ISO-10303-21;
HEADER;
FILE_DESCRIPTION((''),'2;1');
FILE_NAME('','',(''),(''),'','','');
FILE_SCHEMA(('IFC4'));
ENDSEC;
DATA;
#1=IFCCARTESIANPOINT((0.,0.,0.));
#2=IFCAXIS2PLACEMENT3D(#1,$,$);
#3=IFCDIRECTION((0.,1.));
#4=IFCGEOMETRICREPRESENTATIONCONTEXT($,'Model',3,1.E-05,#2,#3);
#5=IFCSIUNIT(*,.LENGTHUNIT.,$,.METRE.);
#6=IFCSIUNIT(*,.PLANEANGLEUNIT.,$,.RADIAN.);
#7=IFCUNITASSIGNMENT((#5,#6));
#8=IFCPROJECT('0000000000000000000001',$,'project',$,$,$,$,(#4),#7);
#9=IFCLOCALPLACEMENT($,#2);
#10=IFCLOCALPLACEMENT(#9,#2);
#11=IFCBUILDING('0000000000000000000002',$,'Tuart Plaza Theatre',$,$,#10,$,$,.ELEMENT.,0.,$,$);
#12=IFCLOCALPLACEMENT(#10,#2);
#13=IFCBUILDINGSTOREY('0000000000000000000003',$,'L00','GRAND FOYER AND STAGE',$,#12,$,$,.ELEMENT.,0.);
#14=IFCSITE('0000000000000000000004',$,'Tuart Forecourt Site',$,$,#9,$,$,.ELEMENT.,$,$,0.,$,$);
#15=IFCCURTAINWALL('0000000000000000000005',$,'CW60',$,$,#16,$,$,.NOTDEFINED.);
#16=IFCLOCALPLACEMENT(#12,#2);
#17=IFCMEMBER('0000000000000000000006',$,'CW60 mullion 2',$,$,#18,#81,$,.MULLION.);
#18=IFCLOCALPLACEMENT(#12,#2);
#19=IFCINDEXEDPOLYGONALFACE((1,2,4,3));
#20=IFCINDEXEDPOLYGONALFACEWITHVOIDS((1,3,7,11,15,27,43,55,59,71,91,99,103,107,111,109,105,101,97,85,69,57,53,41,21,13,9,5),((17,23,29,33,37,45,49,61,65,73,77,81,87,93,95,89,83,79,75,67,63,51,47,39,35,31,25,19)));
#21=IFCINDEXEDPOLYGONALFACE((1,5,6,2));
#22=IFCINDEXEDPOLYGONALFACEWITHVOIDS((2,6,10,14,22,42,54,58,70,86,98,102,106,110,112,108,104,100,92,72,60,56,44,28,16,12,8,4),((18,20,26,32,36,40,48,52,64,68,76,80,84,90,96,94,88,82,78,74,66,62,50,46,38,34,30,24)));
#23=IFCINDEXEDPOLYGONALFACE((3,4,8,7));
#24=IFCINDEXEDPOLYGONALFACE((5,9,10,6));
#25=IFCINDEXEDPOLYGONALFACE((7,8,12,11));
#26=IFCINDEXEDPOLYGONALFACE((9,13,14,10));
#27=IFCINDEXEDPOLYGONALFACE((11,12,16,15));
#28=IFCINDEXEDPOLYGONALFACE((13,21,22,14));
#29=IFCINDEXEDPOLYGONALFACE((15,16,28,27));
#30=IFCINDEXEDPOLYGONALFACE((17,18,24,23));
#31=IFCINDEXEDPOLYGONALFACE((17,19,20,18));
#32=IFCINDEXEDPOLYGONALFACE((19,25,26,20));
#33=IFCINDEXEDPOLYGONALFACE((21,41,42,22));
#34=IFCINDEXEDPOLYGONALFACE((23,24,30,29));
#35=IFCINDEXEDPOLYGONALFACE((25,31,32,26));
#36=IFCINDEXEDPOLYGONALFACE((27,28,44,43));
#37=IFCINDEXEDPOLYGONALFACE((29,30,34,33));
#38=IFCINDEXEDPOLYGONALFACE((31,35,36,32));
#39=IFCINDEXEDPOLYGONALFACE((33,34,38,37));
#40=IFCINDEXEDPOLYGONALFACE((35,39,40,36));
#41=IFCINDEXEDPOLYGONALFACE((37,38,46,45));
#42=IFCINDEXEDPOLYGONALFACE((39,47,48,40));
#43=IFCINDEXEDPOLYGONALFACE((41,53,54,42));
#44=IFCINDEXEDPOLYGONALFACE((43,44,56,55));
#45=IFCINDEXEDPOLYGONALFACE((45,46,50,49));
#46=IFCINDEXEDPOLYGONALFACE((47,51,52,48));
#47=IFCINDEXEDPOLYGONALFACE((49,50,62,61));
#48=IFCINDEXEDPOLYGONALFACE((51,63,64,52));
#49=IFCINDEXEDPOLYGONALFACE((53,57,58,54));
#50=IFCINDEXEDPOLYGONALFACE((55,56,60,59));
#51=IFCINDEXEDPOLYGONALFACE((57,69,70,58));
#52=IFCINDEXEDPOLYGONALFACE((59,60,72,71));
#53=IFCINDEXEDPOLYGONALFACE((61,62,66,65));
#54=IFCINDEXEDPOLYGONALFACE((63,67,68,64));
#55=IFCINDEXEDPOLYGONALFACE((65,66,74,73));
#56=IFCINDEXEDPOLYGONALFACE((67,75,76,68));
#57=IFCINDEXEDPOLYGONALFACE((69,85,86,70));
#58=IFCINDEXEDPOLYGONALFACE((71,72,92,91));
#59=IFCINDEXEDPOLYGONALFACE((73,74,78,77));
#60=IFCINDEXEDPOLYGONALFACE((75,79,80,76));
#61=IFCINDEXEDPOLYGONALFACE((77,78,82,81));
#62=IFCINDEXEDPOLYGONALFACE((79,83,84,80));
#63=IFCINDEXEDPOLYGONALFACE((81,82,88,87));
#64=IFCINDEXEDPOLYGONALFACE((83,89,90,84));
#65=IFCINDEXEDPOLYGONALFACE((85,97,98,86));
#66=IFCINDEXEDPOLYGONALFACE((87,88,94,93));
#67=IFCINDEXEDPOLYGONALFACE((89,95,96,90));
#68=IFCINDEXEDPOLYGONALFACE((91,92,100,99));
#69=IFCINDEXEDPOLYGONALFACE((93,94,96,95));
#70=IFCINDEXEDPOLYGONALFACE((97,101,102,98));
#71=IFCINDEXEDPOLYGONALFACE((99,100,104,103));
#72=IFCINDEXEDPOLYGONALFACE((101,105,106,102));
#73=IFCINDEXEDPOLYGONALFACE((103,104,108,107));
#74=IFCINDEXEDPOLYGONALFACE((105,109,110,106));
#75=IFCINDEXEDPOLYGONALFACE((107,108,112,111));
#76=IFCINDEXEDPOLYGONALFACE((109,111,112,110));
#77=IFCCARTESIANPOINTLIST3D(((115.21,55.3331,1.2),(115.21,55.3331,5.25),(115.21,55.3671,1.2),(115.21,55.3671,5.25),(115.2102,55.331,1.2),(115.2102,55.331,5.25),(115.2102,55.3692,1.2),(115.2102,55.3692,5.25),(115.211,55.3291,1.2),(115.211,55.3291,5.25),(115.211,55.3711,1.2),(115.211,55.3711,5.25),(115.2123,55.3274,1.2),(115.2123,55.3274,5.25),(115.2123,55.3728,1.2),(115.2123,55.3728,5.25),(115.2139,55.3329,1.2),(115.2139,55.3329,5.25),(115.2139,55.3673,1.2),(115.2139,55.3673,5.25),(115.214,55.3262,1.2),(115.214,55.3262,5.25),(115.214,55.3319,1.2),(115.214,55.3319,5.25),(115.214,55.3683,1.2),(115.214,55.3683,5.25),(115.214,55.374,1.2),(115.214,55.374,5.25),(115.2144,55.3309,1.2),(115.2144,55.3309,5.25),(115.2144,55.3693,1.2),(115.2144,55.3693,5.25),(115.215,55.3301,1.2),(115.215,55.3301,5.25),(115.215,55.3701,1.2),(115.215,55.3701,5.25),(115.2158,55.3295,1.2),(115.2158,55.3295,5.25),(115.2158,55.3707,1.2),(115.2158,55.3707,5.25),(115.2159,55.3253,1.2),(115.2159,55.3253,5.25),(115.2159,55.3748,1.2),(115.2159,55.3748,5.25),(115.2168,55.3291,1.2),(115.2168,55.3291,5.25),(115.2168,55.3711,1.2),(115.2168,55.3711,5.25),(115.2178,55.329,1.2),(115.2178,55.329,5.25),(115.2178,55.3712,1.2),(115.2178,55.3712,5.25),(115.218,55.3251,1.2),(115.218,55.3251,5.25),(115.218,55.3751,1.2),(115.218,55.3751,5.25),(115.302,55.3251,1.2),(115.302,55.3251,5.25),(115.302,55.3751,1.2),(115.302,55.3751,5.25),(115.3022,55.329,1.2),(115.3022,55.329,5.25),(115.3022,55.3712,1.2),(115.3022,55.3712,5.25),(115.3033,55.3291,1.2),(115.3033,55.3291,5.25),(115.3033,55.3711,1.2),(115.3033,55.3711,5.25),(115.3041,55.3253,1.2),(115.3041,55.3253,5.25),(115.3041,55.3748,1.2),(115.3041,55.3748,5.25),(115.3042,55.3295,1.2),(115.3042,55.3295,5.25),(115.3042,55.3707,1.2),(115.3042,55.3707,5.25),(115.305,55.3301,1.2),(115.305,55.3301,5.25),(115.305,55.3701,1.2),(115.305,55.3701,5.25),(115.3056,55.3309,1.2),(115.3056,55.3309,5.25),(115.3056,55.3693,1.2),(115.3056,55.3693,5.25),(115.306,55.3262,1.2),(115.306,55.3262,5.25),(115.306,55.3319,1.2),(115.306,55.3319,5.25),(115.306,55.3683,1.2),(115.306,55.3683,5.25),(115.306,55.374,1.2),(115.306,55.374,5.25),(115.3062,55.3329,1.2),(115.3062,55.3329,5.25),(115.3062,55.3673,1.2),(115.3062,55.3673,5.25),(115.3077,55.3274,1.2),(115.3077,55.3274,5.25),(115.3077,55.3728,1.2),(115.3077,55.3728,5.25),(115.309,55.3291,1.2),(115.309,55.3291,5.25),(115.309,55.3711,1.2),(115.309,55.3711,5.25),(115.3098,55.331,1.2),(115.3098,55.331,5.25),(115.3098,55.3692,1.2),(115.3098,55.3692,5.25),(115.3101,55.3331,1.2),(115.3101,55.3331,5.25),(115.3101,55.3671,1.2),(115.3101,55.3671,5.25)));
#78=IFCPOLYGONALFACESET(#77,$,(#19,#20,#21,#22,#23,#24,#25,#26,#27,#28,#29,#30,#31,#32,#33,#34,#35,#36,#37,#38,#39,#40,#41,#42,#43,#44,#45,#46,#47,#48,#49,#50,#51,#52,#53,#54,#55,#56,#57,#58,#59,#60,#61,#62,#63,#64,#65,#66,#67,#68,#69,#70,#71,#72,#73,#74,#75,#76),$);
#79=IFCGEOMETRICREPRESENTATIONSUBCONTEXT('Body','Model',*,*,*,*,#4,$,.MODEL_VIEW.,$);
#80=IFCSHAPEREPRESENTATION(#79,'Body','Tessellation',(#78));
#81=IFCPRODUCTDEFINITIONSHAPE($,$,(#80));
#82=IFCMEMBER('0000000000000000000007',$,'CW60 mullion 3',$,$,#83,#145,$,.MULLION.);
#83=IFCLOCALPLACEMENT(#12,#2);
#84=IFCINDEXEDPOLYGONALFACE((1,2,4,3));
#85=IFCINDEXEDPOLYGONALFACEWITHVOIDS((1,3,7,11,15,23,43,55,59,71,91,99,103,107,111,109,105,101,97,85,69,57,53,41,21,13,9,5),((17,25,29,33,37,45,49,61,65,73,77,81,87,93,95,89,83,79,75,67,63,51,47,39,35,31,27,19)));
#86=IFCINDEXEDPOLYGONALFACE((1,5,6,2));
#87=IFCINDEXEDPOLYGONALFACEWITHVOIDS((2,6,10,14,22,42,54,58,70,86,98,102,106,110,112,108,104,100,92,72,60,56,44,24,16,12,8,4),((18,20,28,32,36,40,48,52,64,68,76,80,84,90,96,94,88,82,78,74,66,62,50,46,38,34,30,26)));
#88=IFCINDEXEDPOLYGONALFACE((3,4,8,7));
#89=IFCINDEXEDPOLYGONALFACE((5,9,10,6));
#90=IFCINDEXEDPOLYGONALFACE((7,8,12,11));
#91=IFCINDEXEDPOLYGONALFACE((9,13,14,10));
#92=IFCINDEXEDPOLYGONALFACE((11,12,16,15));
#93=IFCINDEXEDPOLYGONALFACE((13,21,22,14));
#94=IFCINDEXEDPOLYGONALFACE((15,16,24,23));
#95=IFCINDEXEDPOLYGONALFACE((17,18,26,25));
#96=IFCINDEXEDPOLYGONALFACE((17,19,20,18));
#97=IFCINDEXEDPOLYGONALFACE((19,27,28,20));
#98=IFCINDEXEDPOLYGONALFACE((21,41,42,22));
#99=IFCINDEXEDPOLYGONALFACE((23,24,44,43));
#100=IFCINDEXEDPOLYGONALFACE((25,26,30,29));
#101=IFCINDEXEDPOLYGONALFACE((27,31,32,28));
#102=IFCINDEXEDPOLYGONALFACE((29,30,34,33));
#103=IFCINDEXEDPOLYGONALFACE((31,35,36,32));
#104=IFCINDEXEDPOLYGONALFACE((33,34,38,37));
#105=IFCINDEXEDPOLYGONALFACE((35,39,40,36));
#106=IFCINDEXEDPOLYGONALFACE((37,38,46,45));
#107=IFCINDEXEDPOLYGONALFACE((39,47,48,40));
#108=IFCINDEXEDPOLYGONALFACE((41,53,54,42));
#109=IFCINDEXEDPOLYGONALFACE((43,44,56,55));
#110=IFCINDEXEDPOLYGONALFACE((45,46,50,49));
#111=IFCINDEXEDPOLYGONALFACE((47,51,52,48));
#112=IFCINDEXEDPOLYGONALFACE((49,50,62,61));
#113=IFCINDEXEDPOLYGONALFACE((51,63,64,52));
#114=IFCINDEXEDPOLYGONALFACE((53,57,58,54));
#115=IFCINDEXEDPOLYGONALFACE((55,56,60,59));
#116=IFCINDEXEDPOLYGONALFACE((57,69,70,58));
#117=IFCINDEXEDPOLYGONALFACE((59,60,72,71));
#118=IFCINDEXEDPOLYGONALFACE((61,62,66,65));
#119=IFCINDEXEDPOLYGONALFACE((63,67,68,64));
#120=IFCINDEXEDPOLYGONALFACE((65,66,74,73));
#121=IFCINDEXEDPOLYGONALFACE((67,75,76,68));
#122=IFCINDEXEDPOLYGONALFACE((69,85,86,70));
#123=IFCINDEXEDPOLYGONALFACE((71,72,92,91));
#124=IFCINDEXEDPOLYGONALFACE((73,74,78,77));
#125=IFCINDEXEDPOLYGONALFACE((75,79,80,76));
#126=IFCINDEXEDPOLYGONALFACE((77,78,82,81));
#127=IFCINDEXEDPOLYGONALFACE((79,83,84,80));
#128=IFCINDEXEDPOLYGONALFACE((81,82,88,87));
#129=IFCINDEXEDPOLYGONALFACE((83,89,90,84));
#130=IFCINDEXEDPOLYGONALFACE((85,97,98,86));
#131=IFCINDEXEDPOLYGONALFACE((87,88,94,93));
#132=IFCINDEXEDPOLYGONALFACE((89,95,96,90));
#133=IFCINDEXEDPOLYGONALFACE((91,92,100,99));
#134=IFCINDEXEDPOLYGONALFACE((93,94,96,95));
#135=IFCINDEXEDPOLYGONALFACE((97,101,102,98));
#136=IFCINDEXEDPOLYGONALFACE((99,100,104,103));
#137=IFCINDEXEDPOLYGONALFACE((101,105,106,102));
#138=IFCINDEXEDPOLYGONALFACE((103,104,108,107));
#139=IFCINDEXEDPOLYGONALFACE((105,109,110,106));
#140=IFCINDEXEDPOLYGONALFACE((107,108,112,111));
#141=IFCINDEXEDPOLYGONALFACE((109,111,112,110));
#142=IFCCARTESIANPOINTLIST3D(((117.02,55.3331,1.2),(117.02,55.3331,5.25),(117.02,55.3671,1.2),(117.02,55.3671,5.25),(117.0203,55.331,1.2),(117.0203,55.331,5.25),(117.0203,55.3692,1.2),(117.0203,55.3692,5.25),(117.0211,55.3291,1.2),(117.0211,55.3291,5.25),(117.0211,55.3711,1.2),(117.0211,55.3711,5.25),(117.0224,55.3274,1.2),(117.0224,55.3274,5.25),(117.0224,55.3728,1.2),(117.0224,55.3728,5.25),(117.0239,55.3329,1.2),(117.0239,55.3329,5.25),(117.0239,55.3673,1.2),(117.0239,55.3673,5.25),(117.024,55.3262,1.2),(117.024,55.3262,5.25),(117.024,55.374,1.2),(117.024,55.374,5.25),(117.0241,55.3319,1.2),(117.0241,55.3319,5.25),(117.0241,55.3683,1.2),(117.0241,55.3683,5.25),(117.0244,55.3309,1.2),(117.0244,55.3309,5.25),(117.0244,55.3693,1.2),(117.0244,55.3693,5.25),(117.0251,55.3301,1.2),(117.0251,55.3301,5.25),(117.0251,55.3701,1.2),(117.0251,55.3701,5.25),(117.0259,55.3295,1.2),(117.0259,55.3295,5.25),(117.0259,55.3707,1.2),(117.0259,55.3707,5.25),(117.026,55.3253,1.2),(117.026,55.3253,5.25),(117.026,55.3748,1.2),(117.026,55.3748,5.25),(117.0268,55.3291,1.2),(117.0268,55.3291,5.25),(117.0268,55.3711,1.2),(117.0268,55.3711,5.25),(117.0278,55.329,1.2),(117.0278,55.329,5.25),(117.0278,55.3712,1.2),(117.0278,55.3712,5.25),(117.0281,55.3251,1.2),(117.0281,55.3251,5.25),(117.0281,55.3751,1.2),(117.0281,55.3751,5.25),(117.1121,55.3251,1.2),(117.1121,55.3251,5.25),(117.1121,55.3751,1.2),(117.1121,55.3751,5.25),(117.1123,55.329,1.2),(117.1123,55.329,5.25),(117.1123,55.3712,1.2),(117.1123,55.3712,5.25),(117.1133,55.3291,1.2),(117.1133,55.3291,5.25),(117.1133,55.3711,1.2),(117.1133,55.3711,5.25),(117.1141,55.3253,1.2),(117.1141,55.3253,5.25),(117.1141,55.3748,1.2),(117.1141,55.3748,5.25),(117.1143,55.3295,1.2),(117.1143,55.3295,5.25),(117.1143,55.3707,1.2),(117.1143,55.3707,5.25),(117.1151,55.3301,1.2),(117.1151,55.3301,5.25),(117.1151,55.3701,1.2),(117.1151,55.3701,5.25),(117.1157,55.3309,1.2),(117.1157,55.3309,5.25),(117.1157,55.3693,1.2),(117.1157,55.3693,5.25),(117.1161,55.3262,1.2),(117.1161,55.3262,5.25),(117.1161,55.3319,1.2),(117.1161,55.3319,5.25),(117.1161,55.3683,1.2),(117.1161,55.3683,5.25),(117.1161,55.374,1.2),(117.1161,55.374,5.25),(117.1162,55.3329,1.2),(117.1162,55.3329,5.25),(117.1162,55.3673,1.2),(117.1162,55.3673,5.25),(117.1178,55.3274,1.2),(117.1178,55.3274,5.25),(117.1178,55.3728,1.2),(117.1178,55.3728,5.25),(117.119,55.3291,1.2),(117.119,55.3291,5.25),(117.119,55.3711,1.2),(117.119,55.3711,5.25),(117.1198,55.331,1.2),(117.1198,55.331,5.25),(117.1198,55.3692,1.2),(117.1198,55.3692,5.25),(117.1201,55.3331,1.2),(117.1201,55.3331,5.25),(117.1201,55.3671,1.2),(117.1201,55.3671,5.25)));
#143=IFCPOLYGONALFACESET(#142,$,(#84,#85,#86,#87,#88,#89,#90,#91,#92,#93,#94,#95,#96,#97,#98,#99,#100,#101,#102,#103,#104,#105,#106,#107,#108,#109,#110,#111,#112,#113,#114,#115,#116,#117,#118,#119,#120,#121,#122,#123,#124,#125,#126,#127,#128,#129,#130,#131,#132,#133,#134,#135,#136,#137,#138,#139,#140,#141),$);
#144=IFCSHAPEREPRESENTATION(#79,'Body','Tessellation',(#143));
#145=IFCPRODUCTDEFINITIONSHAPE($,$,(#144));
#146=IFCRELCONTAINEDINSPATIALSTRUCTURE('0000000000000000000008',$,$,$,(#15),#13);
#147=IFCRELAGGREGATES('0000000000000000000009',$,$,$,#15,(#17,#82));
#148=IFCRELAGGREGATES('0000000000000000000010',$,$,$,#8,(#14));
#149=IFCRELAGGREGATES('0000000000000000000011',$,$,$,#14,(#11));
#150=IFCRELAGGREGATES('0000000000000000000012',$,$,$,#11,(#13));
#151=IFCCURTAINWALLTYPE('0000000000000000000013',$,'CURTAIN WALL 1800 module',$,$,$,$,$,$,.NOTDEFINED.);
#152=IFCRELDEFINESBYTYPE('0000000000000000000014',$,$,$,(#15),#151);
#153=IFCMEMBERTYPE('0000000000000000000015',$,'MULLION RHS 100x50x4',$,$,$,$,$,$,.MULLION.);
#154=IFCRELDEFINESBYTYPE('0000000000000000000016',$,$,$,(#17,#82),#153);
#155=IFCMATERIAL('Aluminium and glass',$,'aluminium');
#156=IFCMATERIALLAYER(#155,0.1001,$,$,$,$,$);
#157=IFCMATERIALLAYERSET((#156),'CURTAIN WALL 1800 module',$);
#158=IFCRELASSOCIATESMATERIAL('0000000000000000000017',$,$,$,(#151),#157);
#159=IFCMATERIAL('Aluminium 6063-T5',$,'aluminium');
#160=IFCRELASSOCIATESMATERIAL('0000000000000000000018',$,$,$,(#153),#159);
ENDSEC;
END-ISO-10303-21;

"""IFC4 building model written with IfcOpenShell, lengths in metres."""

from ifc_helpers import new_model, si_unit, direction, frame, origin, origin_2d, place, context, subcontext, project, spatial, hollow_rectangle, extrude, material, layer, layer_set, material_profile, profile_set, type_object, element, aggregate, save


model = new_model("IFC4")

# Units and contexts
model_context = context("Model", 3, precision=1e-05, world=origin(), true_north=direction((0.0, 1.0)))
body_context = subcontext(model_context, "Body", "Model", "MODEL_VIEW")
ifc_project = project(units=[si_unit("LENGTHUNIT", "METRE"), si_unit("PLANEANGLEUNIT", "RADIAN")], contexts=[model_context])

# Site, building, storey
site_placement = place(None, origin())
site = spatial("IfcSite", under=ifc_project, at=site_placement, Name="Tuart Forecourt Site", CompositionType="ELEMENT", RefElevation=0.0)
building_placement = place(site_placement, origin())
building = spatial("IfcBuilding", under=site, at=building_placement, Name="Tuart Plaza Theatre", CompositionType="ELEMENT", ElevationOfRefHeight=0.0)
storey_placement = place(building_placement, origin())
storey = spatial("IfcBuildingStorey", under=building, at=storey_placement, Name="L00", Description="GRAND FOYER AND STAGE", CompositionType="ELEMENT", Elevation=0.0)

# Curtain wall, members
ifc_material_1 = material(Name="Aluminium and glass", Category="aluminium")
ifc_layer_1 = layer(ifc_material_1, 0.1001)
ifc_layer_set_1 = layer_set([ifc_layer_1], Name="CURTAIN WALL 1800 module")
curtain_wall_type = type_object("IfcCurtainWallType", Name="CURTAIN WALL 1800 module", PredefinedType="NOTDEFINED", material=ifc_layer_set_1)
curtain_wall_placement = place(storey_placement, origin())
curtain_wall = element("IfcCurtainWall", 1, at=curtain_wall_placement, inside=storey, type_object=curtain_wall_type, Name="CW60", PredefinedType="NOTDEFINED")
ifc_material_2 = material(Name="Aluminium 6063-T5", Category="aluminium")
ifc_material_profile_1 = material_profile(ifc_material_2, hollow_rectangle(XDim=0.05, YDim=0.1001, WallThickness=0.0039, InnerFilletRadius=0.0039, OuterFilletRadius=0.0081, at=origin_2d()), Name="RHS 100x50x4")
ifc_profile_set_1 = profile_set([ifc_material_profile_1], Name="Aluminium 6063-T5")
member_type_1 = type_object("IfcMemberType", Name="MULLION RHS 100x50x4", PredefinedType="MULLION", material=ifc_profile_set_1)
member_1_placement = place(storey_placement, frame((115.26, 55.3501, 1.2), z_axis=(0.0, 0.0, 1.0), x_axis=(0.0, 1.0, 0.0)))
member_1 = element("IfcMember", 2, at=member_1_placement, type_object=member_type_1, Name="CW60 mullion 2", PredefinedType="MULLION", context=body_context, shape_type="SweptSolid", body=[
    extrude(hollow_rectangle(XDim=0.05, YDim=0.1001, WallThickness=0.0039, InnerFilletRadius=0.0039, OuterFilletRadius=0.0081, at=origin_2d()), origin(), (0.0, 0.0, 1.0), 4.05),
])
member_2_placement = place(storey_placement, frame((117.0701, 55.3501, 1.2), z_axis=(0.0, 0.0, 1.0), x_axis=(0.0, 1.0, 0.0)))
member_2 = element("IfcMember", 3, at=member_2_placement, type_object=member_type_1, Name="CW60 mullion 3", PredefinedType="MULLION", context=body_context, shape_type="SweptSolid", body=[
    extrude(hollow_rectangle(XDim=0.05, YDim=0.1001, WallThickness=0.0039, InnerFilletRadius=0.0039, OuterFilletRadius=0.0081, at=origin_2d()), origin(), (0.0, 0.0, 1.0), 4.05),
])
aggregate(curtain_wall, [member_1, member_2])

save(model, "model.ifc")
